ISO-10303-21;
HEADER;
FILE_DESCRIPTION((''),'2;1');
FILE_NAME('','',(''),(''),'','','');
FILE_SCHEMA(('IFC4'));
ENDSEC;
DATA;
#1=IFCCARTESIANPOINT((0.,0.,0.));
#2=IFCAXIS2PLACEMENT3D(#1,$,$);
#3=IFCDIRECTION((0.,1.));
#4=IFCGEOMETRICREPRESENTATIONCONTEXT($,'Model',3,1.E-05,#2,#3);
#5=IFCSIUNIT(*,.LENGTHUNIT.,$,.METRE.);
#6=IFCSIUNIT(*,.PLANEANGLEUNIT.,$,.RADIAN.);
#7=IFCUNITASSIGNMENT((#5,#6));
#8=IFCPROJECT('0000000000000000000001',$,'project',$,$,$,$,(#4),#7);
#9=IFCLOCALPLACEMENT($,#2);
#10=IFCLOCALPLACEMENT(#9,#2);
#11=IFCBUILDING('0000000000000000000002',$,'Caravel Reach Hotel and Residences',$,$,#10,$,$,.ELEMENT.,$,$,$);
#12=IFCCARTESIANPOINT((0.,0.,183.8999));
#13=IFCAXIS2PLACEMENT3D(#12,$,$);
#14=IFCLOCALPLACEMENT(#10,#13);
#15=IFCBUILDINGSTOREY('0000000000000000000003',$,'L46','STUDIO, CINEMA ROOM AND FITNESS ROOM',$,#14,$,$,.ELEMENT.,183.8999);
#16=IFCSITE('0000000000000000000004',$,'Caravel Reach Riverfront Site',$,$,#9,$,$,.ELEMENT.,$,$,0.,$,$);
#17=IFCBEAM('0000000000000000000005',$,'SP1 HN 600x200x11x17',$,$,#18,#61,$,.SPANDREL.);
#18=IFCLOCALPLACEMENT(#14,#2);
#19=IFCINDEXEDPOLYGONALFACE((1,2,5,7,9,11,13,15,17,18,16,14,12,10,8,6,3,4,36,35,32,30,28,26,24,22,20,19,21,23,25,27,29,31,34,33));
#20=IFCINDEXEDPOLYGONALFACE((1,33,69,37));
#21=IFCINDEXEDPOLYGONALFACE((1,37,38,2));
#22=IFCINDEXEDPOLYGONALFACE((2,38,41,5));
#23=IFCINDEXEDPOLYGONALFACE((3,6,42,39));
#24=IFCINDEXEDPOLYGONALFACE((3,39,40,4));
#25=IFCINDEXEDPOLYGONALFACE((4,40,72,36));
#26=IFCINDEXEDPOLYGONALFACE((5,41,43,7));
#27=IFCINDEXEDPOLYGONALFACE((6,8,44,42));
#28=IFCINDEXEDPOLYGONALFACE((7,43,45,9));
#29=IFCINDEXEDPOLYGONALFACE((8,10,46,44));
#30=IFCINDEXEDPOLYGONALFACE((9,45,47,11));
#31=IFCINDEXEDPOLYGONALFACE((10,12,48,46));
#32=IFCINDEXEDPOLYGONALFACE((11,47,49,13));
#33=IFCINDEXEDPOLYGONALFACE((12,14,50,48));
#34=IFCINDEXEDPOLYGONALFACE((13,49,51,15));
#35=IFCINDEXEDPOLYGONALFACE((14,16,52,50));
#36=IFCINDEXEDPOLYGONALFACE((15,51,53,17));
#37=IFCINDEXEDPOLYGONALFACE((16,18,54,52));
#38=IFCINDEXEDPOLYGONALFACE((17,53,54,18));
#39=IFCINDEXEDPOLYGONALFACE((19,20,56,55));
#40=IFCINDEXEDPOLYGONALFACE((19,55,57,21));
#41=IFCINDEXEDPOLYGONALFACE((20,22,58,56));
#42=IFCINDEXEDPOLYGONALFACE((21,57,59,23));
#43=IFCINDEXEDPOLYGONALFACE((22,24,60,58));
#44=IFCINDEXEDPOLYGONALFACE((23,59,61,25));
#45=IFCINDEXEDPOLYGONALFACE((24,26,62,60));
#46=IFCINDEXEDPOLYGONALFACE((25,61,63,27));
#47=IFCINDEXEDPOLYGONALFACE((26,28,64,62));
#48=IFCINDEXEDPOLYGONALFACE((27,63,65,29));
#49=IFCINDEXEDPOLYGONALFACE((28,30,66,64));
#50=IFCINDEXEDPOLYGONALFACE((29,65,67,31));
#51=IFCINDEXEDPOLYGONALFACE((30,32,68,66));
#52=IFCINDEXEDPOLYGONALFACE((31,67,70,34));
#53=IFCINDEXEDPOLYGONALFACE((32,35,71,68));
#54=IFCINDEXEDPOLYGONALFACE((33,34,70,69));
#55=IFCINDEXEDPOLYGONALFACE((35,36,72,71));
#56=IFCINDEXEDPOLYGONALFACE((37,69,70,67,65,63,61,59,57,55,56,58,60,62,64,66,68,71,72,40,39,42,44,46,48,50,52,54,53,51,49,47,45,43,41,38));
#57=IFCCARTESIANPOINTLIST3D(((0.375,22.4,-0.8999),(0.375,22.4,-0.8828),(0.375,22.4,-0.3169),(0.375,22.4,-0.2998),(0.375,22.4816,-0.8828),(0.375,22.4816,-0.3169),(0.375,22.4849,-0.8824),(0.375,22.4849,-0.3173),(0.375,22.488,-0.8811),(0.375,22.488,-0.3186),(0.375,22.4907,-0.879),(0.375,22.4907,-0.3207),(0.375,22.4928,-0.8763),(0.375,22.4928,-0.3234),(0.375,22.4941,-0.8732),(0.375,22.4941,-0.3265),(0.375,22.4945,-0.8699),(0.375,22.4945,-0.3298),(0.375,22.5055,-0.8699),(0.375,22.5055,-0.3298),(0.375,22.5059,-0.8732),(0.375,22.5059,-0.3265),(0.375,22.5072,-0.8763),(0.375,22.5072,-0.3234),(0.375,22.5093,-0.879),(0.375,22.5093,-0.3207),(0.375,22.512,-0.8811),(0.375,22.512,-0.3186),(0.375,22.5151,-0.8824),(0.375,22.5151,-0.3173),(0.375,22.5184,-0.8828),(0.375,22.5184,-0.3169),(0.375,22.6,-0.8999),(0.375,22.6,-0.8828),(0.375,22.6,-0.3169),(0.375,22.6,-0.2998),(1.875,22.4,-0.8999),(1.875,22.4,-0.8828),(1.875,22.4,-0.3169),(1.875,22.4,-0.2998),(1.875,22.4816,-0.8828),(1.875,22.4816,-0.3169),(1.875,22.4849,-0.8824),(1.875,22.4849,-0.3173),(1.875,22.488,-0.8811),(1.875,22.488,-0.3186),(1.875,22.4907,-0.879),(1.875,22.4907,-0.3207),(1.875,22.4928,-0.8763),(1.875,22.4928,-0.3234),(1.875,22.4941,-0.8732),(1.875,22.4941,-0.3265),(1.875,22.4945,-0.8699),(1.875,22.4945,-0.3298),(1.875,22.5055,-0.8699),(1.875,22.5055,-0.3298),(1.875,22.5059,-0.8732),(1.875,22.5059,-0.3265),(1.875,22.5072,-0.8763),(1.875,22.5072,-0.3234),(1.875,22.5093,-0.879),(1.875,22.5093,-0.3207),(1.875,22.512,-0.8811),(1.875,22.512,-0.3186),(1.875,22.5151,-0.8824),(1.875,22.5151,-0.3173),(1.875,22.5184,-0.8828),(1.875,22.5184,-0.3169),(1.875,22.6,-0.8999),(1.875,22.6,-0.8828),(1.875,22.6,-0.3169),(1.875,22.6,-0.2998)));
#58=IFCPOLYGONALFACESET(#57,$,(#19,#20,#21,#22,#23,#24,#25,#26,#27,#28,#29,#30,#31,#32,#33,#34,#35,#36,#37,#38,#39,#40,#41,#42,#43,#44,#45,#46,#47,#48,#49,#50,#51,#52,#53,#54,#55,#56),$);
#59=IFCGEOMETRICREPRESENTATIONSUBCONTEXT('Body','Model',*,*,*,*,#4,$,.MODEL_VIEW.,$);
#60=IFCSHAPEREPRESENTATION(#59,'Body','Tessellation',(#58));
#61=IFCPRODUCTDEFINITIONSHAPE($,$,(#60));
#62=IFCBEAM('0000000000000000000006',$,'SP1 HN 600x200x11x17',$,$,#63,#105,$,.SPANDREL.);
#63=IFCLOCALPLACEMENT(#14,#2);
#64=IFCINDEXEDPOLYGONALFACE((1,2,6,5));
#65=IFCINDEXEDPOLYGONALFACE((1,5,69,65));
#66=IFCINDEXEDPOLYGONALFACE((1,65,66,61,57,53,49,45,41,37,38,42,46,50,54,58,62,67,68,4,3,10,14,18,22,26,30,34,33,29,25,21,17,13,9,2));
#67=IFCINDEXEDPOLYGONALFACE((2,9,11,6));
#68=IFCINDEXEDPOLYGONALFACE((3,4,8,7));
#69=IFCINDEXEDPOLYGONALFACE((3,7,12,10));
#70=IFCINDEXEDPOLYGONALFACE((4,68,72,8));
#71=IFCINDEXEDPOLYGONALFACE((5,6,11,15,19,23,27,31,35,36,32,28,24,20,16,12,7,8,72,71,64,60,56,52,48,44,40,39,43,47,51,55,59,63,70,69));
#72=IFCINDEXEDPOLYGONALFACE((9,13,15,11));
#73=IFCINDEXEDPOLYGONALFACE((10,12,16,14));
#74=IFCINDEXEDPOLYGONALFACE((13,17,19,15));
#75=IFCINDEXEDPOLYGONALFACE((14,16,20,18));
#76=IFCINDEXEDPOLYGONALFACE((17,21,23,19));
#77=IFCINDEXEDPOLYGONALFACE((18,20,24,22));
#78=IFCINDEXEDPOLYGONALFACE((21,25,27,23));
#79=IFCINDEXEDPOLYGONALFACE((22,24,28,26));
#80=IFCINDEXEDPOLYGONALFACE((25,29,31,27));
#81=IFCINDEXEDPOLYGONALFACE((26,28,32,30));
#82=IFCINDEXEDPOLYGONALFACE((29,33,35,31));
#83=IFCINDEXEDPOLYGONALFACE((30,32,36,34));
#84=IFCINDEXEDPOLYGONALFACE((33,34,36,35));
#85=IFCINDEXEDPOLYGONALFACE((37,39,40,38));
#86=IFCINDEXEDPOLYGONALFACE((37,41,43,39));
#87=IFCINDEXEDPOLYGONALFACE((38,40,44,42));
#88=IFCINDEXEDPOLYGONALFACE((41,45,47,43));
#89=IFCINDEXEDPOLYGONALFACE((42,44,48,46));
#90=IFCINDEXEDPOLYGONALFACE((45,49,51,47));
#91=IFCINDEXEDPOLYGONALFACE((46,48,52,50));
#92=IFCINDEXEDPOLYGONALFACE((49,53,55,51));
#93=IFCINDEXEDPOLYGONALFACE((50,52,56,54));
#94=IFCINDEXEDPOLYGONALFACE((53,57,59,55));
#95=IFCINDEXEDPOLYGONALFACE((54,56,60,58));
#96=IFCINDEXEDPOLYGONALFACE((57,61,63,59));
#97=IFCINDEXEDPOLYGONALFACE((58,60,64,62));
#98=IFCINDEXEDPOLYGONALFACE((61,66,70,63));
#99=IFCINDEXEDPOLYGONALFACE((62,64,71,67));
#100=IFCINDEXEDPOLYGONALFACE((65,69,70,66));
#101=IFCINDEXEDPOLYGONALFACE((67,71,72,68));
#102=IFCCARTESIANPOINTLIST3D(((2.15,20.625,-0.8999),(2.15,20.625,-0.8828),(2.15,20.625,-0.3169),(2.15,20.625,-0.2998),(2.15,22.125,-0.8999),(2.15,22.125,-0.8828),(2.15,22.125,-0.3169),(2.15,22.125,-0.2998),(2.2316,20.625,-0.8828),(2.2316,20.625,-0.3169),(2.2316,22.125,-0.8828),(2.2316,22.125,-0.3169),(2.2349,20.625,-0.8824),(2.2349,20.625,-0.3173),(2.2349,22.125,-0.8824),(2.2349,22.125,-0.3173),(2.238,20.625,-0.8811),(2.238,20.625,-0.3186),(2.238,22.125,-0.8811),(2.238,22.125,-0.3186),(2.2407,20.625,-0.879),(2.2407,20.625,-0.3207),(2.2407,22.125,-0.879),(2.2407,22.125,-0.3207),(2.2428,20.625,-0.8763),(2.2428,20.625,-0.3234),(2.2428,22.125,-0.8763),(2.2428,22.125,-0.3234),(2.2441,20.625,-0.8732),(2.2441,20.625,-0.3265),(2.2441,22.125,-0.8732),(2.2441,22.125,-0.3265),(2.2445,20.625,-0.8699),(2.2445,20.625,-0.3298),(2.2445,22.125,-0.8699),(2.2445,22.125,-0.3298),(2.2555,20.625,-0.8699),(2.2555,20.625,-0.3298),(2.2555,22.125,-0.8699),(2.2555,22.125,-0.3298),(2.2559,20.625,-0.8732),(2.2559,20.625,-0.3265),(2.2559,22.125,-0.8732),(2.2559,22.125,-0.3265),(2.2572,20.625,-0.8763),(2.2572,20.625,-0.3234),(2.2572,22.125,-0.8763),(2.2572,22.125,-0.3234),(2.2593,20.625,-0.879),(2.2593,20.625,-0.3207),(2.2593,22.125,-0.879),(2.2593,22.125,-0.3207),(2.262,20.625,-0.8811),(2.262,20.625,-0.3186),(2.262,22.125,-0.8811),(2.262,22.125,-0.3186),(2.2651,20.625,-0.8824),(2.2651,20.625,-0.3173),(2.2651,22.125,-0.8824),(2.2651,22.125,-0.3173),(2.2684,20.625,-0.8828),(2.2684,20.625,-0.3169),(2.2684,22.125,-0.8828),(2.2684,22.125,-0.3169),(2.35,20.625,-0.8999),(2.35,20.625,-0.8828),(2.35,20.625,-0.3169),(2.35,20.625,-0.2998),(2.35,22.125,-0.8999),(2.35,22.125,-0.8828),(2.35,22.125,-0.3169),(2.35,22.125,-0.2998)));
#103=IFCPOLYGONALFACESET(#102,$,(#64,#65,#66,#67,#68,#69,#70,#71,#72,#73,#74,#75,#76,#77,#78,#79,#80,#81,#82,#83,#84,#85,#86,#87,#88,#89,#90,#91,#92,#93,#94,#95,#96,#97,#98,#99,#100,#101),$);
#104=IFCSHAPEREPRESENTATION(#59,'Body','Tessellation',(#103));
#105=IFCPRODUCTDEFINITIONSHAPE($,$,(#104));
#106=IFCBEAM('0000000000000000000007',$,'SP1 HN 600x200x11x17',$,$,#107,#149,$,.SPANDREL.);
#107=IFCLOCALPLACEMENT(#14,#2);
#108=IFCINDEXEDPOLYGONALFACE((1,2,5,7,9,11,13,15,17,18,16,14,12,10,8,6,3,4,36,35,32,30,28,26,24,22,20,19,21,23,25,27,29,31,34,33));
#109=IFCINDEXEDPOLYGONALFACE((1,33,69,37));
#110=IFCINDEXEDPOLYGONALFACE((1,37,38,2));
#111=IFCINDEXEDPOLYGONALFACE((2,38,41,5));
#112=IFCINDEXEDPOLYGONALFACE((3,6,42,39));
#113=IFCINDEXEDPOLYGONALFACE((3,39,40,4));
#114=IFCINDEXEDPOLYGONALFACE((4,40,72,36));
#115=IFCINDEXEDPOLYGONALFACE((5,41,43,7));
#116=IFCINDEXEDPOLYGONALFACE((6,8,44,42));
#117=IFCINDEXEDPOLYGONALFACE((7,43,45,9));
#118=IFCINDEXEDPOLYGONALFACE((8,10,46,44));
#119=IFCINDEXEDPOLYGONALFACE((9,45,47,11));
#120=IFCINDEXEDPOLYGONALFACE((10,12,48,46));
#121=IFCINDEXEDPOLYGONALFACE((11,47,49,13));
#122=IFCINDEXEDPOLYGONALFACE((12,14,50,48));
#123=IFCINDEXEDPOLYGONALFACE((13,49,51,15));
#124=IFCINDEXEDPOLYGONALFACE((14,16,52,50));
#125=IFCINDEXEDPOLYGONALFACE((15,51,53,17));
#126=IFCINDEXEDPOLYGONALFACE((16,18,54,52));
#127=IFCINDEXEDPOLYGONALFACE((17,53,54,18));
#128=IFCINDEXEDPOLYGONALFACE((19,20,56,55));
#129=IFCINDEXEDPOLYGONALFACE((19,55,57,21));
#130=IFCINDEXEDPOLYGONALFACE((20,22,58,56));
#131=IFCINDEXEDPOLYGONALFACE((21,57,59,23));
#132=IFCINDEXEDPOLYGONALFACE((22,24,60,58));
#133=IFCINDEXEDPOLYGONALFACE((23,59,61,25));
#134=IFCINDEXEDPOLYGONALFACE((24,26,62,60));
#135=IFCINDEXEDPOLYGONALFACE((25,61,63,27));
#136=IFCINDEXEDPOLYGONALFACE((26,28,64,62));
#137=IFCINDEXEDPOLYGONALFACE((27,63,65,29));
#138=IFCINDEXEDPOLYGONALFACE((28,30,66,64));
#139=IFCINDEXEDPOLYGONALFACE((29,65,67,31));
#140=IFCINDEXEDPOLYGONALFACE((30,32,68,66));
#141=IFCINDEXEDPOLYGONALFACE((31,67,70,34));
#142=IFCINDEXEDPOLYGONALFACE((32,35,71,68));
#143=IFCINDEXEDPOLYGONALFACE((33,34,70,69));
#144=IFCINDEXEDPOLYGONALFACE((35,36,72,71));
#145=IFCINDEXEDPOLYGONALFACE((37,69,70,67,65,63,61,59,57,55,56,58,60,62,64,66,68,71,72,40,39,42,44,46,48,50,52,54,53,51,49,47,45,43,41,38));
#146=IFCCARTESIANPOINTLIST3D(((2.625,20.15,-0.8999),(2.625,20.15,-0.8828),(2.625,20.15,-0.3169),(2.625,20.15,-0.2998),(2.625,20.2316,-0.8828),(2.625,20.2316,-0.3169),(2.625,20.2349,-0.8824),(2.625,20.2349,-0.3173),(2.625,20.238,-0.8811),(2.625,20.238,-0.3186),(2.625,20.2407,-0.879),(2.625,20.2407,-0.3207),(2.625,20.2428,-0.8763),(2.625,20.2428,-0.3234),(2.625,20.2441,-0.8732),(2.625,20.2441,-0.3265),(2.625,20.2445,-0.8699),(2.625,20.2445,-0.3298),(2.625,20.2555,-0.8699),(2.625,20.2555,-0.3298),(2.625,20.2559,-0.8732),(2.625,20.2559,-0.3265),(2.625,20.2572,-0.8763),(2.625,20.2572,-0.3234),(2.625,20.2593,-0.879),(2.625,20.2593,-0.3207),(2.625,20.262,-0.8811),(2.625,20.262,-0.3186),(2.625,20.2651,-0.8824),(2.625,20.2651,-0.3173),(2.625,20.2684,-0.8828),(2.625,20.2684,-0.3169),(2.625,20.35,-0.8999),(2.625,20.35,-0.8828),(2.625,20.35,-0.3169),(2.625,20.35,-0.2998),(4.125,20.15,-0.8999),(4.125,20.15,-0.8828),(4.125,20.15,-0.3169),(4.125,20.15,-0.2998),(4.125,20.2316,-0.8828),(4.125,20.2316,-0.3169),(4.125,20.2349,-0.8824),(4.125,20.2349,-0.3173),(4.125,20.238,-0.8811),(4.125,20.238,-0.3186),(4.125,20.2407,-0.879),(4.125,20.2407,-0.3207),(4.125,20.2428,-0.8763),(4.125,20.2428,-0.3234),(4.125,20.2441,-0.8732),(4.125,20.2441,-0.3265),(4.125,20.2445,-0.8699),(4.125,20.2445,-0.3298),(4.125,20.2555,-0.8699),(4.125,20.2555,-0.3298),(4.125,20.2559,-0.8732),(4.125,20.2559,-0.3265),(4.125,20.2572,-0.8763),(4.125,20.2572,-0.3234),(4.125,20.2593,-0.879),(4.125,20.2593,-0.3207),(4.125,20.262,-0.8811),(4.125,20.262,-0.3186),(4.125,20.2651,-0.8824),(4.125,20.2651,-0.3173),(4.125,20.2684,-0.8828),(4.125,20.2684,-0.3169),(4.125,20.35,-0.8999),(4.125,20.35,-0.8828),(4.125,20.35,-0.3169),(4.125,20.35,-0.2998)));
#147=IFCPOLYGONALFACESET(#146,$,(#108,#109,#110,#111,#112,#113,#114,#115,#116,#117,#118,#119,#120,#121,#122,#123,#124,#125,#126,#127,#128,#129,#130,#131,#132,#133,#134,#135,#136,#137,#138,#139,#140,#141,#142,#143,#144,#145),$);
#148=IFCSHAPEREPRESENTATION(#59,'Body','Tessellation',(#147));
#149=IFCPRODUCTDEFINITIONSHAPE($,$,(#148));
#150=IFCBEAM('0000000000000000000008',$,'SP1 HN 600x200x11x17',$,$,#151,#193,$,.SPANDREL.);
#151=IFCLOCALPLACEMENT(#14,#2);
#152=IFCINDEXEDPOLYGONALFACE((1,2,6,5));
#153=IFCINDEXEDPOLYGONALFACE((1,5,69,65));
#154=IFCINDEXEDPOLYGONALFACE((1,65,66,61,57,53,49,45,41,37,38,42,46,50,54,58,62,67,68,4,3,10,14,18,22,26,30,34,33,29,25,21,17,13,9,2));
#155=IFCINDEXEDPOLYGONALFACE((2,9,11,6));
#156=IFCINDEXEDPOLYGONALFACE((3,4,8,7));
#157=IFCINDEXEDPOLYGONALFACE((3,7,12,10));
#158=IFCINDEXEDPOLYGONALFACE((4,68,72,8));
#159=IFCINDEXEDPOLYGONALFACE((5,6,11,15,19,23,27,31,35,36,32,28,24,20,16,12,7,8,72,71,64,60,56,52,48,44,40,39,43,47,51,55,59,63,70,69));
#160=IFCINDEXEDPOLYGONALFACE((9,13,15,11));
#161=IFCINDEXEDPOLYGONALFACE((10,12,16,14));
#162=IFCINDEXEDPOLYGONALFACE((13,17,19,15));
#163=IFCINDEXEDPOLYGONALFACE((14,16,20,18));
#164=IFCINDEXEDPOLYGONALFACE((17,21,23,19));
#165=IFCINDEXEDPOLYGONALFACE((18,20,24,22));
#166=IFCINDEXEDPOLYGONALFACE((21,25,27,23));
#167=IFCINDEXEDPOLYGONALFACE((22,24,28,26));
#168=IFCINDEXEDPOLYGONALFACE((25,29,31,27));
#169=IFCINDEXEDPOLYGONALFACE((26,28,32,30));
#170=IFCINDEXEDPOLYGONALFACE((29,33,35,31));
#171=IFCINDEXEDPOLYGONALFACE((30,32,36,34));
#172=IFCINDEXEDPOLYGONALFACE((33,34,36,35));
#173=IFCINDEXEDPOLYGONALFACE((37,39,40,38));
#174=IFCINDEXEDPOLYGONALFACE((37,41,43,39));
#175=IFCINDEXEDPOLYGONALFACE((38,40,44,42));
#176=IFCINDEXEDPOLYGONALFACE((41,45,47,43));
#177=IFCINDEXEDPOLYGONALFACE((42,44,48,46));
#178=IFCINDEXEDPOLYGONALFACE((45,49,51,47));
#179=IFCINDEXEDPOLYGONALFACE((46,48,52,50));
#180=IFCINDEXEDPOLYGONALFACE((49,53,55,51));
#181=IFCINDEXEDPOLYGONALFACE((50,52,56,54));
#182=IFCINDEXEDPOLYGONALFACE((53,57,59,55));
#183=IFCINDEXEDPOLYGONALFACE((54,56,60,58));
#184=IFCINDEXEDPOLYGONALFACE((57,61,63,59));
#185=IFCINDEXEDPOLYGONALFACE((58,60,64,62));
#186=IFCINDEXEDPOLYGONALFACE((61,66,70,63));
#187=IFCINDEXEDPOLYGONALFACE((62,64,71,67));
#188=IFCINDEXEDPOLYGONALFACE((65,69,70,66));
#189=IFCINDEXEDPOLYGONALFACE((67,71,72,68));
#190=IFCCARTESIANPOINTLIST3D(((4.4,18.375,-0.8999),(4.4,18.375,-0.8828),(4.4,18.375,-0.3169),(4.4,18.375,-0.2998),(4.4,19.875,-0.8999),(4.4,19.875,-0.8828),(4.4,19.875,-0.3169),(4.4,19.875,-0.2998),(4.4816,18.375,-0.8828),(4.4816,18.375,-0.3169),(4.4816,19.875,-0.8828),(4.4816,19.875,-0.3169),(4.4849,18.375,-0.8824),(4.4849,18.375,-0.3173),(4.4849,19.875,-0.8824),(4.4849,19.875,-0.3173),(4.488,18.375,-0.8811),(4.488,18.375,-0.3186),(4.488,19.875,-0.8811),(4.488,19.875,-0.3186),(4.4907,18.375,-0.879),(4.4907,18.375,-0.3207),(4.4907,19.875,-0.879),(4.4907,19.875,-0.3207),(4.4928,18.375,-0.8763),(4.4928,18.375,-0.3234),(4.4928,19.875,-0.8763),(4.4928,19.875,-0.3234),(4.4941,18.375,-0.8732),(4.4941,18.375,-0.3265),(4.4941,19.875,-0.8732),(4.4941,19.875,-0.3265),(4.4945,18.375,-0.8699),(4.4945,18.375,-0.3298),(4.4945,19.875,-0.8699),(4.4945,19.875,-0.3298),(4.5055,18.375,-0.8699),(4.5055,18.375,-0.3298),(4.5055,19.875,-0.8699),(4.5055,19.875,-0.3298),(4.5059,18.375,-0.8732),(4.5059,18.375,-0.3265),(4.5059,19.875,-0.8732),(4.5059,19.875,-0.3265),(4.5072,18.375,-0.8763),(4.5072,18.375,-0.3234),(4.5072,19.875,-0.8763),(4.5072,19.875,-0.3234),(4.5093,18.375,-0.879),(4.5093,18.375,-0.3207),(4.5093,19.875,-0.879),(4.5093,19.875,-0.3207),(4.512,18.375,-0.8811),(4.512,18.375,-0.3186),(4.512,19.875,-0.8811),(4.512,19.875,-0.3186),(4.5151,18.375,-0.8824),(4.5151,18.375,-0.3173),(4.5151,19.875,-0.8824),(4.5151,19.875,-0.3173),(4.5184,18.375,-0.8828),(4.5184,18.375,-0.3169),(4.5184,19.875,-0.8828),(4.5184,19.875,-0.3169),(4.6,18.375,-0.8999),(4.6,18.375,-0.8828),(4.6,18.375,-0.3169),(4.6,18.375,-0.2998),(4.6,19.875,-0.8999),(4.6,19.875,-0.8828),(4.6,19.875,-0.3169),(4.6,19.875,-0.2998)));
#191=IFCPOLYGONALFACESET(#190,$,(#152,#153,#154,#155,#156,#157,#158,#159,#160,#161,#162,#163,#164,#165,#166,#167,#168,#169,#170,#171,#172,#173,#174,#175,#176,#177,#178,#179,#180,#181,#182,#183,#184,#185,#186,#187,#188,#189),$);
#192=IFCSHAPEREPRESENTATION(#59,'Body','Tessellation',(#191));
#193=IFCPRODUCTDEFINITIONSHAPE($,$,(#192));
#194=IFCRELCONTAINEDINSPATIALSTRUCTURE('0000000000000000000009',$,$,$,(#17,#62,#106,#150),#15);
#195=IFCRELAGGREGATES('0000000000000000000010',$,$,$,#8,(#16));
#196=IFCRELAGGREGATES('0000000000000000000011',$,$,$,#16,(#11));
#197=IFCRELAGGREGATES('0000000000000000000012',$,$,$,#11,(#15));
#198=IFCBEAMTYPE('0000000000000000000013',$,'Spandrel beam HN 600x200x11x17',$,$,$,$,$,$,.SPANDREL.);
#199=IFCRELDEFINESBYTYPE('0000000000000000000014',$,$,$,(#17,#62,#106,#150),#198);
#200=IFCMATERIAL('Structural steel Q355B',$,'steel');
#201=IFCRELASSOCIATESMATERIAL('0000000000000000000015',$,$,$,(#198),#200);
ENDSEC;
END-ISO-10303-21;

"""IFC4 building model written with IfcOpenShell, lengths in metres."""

from ifc_helpers import new_model, si_unit, direction, frame, origin, origin_2d, place, context, subcontext, project, spatial, i_section, extrude, material, material_profile, profile_set, type_object, element, save


model = new_model("IFC4")

# Units and contexts
model_context = context("Model", 3, precision=1e-05, world=origin(), true_north=direction((0.0, 1.0)))
body_context = subcontext(model_context, "Body", "Model", "MODEL_VIEW")
ifc_project = project(units=[si_unit("LENGTHUNIT", "METRE"), si_unit("PLANEANGLEUNIT", "RADIAN")], contexts=[model_context])

# Site, building, storey
site_placement = place(None, origin())
site = spatial("IfcSite", under=ifc_project, at=site_placement, Name="Caravel Reach Riverfront Site", CompositionType="ELEMENT", RefElevation=0.0)
building_placement = place(site_placement, origin())
building = spatial("IfcBuilding", under=site, at=building_placement, Name="Caravel Reach Hotel and Residences", CompositionType="ELEMENT")
storey_placement = place(building_placement, frame((0.0, 0.0, 183.8999)))
storey = spatial("IfcBuildingStorey", under=building, at=storey_placement, Name="L46", Description="STUDIO, CINEMA ROOM AND FITNESS ROOM", CompositionType="ELEMENT", Elevation=183.8999)

# Beams
ifc_material_1 = material(Name="Structural steel Q355B", Category="steel")
ifc_material_profile_1 = material_profile(ifc_material_1, i_section(OverallWidth=0.2, OverallDepth=0.6001, WebThickness=0.011, FlangeThickness=0.0171, FilletRadius=0.0129, at=origin_2d()), Name="HN 600x200x11x17")
ifc_profile_set_1 = profile_set([ifc_material_profile_1], Name="Structural steel Q355B")
beam_type_1 = type_object("IfcBeamType", Name="Spandrel beam HN 600x200x11x17", PredefinedType="SPANDREL", material=ifc_profile_set_1)
for number, where, z_axis, x_axis, name in (
    (1, (0.375, 22.5, -0.5999), (1.0, 0.0, 0.0), (0.0, 1.0, 0.0), "SP1 HN 600x200x11x17"),
    (2, (2.25, 22.125, -0.5999), (0.0, -1.0, 0.0), (1.0, 0.0, 0.0), "SP1 HN 600x200x11x17"),
    (3, (2.625, 20.25, -0.5999), (1.0, 0.0, 0.0), (0.0, 1.0, 0.0), "SP1 HN 600x200x11x17"),
    (4, (4.5, 19.875, -0.5999), (0.0, -1.0, 0.0), (1.0, 0.0, 0.0), "SP1 HN 600x200x11x17"),
):
    element("IfcBeam", number, at=place(storey_placement, frame(where, z_axis=z_axis, x_axis=x_axis)), inside=storey, type_object=beam_type_1, Name=name, PredefinedType="SPANDREL", context=body_context, shape_type="SweptSolid", body=[
        extrude(i_section(OverallWidth=0.2, OverallDepth=0.6001, WebThickness=0.011, FlangeThickness=0.0171, FilletRadius=0.0129, at=origin_2d()), origin(), (0.0, 0.0, 1.0), 1.5),
    ])

save(model, "model.ifc")
